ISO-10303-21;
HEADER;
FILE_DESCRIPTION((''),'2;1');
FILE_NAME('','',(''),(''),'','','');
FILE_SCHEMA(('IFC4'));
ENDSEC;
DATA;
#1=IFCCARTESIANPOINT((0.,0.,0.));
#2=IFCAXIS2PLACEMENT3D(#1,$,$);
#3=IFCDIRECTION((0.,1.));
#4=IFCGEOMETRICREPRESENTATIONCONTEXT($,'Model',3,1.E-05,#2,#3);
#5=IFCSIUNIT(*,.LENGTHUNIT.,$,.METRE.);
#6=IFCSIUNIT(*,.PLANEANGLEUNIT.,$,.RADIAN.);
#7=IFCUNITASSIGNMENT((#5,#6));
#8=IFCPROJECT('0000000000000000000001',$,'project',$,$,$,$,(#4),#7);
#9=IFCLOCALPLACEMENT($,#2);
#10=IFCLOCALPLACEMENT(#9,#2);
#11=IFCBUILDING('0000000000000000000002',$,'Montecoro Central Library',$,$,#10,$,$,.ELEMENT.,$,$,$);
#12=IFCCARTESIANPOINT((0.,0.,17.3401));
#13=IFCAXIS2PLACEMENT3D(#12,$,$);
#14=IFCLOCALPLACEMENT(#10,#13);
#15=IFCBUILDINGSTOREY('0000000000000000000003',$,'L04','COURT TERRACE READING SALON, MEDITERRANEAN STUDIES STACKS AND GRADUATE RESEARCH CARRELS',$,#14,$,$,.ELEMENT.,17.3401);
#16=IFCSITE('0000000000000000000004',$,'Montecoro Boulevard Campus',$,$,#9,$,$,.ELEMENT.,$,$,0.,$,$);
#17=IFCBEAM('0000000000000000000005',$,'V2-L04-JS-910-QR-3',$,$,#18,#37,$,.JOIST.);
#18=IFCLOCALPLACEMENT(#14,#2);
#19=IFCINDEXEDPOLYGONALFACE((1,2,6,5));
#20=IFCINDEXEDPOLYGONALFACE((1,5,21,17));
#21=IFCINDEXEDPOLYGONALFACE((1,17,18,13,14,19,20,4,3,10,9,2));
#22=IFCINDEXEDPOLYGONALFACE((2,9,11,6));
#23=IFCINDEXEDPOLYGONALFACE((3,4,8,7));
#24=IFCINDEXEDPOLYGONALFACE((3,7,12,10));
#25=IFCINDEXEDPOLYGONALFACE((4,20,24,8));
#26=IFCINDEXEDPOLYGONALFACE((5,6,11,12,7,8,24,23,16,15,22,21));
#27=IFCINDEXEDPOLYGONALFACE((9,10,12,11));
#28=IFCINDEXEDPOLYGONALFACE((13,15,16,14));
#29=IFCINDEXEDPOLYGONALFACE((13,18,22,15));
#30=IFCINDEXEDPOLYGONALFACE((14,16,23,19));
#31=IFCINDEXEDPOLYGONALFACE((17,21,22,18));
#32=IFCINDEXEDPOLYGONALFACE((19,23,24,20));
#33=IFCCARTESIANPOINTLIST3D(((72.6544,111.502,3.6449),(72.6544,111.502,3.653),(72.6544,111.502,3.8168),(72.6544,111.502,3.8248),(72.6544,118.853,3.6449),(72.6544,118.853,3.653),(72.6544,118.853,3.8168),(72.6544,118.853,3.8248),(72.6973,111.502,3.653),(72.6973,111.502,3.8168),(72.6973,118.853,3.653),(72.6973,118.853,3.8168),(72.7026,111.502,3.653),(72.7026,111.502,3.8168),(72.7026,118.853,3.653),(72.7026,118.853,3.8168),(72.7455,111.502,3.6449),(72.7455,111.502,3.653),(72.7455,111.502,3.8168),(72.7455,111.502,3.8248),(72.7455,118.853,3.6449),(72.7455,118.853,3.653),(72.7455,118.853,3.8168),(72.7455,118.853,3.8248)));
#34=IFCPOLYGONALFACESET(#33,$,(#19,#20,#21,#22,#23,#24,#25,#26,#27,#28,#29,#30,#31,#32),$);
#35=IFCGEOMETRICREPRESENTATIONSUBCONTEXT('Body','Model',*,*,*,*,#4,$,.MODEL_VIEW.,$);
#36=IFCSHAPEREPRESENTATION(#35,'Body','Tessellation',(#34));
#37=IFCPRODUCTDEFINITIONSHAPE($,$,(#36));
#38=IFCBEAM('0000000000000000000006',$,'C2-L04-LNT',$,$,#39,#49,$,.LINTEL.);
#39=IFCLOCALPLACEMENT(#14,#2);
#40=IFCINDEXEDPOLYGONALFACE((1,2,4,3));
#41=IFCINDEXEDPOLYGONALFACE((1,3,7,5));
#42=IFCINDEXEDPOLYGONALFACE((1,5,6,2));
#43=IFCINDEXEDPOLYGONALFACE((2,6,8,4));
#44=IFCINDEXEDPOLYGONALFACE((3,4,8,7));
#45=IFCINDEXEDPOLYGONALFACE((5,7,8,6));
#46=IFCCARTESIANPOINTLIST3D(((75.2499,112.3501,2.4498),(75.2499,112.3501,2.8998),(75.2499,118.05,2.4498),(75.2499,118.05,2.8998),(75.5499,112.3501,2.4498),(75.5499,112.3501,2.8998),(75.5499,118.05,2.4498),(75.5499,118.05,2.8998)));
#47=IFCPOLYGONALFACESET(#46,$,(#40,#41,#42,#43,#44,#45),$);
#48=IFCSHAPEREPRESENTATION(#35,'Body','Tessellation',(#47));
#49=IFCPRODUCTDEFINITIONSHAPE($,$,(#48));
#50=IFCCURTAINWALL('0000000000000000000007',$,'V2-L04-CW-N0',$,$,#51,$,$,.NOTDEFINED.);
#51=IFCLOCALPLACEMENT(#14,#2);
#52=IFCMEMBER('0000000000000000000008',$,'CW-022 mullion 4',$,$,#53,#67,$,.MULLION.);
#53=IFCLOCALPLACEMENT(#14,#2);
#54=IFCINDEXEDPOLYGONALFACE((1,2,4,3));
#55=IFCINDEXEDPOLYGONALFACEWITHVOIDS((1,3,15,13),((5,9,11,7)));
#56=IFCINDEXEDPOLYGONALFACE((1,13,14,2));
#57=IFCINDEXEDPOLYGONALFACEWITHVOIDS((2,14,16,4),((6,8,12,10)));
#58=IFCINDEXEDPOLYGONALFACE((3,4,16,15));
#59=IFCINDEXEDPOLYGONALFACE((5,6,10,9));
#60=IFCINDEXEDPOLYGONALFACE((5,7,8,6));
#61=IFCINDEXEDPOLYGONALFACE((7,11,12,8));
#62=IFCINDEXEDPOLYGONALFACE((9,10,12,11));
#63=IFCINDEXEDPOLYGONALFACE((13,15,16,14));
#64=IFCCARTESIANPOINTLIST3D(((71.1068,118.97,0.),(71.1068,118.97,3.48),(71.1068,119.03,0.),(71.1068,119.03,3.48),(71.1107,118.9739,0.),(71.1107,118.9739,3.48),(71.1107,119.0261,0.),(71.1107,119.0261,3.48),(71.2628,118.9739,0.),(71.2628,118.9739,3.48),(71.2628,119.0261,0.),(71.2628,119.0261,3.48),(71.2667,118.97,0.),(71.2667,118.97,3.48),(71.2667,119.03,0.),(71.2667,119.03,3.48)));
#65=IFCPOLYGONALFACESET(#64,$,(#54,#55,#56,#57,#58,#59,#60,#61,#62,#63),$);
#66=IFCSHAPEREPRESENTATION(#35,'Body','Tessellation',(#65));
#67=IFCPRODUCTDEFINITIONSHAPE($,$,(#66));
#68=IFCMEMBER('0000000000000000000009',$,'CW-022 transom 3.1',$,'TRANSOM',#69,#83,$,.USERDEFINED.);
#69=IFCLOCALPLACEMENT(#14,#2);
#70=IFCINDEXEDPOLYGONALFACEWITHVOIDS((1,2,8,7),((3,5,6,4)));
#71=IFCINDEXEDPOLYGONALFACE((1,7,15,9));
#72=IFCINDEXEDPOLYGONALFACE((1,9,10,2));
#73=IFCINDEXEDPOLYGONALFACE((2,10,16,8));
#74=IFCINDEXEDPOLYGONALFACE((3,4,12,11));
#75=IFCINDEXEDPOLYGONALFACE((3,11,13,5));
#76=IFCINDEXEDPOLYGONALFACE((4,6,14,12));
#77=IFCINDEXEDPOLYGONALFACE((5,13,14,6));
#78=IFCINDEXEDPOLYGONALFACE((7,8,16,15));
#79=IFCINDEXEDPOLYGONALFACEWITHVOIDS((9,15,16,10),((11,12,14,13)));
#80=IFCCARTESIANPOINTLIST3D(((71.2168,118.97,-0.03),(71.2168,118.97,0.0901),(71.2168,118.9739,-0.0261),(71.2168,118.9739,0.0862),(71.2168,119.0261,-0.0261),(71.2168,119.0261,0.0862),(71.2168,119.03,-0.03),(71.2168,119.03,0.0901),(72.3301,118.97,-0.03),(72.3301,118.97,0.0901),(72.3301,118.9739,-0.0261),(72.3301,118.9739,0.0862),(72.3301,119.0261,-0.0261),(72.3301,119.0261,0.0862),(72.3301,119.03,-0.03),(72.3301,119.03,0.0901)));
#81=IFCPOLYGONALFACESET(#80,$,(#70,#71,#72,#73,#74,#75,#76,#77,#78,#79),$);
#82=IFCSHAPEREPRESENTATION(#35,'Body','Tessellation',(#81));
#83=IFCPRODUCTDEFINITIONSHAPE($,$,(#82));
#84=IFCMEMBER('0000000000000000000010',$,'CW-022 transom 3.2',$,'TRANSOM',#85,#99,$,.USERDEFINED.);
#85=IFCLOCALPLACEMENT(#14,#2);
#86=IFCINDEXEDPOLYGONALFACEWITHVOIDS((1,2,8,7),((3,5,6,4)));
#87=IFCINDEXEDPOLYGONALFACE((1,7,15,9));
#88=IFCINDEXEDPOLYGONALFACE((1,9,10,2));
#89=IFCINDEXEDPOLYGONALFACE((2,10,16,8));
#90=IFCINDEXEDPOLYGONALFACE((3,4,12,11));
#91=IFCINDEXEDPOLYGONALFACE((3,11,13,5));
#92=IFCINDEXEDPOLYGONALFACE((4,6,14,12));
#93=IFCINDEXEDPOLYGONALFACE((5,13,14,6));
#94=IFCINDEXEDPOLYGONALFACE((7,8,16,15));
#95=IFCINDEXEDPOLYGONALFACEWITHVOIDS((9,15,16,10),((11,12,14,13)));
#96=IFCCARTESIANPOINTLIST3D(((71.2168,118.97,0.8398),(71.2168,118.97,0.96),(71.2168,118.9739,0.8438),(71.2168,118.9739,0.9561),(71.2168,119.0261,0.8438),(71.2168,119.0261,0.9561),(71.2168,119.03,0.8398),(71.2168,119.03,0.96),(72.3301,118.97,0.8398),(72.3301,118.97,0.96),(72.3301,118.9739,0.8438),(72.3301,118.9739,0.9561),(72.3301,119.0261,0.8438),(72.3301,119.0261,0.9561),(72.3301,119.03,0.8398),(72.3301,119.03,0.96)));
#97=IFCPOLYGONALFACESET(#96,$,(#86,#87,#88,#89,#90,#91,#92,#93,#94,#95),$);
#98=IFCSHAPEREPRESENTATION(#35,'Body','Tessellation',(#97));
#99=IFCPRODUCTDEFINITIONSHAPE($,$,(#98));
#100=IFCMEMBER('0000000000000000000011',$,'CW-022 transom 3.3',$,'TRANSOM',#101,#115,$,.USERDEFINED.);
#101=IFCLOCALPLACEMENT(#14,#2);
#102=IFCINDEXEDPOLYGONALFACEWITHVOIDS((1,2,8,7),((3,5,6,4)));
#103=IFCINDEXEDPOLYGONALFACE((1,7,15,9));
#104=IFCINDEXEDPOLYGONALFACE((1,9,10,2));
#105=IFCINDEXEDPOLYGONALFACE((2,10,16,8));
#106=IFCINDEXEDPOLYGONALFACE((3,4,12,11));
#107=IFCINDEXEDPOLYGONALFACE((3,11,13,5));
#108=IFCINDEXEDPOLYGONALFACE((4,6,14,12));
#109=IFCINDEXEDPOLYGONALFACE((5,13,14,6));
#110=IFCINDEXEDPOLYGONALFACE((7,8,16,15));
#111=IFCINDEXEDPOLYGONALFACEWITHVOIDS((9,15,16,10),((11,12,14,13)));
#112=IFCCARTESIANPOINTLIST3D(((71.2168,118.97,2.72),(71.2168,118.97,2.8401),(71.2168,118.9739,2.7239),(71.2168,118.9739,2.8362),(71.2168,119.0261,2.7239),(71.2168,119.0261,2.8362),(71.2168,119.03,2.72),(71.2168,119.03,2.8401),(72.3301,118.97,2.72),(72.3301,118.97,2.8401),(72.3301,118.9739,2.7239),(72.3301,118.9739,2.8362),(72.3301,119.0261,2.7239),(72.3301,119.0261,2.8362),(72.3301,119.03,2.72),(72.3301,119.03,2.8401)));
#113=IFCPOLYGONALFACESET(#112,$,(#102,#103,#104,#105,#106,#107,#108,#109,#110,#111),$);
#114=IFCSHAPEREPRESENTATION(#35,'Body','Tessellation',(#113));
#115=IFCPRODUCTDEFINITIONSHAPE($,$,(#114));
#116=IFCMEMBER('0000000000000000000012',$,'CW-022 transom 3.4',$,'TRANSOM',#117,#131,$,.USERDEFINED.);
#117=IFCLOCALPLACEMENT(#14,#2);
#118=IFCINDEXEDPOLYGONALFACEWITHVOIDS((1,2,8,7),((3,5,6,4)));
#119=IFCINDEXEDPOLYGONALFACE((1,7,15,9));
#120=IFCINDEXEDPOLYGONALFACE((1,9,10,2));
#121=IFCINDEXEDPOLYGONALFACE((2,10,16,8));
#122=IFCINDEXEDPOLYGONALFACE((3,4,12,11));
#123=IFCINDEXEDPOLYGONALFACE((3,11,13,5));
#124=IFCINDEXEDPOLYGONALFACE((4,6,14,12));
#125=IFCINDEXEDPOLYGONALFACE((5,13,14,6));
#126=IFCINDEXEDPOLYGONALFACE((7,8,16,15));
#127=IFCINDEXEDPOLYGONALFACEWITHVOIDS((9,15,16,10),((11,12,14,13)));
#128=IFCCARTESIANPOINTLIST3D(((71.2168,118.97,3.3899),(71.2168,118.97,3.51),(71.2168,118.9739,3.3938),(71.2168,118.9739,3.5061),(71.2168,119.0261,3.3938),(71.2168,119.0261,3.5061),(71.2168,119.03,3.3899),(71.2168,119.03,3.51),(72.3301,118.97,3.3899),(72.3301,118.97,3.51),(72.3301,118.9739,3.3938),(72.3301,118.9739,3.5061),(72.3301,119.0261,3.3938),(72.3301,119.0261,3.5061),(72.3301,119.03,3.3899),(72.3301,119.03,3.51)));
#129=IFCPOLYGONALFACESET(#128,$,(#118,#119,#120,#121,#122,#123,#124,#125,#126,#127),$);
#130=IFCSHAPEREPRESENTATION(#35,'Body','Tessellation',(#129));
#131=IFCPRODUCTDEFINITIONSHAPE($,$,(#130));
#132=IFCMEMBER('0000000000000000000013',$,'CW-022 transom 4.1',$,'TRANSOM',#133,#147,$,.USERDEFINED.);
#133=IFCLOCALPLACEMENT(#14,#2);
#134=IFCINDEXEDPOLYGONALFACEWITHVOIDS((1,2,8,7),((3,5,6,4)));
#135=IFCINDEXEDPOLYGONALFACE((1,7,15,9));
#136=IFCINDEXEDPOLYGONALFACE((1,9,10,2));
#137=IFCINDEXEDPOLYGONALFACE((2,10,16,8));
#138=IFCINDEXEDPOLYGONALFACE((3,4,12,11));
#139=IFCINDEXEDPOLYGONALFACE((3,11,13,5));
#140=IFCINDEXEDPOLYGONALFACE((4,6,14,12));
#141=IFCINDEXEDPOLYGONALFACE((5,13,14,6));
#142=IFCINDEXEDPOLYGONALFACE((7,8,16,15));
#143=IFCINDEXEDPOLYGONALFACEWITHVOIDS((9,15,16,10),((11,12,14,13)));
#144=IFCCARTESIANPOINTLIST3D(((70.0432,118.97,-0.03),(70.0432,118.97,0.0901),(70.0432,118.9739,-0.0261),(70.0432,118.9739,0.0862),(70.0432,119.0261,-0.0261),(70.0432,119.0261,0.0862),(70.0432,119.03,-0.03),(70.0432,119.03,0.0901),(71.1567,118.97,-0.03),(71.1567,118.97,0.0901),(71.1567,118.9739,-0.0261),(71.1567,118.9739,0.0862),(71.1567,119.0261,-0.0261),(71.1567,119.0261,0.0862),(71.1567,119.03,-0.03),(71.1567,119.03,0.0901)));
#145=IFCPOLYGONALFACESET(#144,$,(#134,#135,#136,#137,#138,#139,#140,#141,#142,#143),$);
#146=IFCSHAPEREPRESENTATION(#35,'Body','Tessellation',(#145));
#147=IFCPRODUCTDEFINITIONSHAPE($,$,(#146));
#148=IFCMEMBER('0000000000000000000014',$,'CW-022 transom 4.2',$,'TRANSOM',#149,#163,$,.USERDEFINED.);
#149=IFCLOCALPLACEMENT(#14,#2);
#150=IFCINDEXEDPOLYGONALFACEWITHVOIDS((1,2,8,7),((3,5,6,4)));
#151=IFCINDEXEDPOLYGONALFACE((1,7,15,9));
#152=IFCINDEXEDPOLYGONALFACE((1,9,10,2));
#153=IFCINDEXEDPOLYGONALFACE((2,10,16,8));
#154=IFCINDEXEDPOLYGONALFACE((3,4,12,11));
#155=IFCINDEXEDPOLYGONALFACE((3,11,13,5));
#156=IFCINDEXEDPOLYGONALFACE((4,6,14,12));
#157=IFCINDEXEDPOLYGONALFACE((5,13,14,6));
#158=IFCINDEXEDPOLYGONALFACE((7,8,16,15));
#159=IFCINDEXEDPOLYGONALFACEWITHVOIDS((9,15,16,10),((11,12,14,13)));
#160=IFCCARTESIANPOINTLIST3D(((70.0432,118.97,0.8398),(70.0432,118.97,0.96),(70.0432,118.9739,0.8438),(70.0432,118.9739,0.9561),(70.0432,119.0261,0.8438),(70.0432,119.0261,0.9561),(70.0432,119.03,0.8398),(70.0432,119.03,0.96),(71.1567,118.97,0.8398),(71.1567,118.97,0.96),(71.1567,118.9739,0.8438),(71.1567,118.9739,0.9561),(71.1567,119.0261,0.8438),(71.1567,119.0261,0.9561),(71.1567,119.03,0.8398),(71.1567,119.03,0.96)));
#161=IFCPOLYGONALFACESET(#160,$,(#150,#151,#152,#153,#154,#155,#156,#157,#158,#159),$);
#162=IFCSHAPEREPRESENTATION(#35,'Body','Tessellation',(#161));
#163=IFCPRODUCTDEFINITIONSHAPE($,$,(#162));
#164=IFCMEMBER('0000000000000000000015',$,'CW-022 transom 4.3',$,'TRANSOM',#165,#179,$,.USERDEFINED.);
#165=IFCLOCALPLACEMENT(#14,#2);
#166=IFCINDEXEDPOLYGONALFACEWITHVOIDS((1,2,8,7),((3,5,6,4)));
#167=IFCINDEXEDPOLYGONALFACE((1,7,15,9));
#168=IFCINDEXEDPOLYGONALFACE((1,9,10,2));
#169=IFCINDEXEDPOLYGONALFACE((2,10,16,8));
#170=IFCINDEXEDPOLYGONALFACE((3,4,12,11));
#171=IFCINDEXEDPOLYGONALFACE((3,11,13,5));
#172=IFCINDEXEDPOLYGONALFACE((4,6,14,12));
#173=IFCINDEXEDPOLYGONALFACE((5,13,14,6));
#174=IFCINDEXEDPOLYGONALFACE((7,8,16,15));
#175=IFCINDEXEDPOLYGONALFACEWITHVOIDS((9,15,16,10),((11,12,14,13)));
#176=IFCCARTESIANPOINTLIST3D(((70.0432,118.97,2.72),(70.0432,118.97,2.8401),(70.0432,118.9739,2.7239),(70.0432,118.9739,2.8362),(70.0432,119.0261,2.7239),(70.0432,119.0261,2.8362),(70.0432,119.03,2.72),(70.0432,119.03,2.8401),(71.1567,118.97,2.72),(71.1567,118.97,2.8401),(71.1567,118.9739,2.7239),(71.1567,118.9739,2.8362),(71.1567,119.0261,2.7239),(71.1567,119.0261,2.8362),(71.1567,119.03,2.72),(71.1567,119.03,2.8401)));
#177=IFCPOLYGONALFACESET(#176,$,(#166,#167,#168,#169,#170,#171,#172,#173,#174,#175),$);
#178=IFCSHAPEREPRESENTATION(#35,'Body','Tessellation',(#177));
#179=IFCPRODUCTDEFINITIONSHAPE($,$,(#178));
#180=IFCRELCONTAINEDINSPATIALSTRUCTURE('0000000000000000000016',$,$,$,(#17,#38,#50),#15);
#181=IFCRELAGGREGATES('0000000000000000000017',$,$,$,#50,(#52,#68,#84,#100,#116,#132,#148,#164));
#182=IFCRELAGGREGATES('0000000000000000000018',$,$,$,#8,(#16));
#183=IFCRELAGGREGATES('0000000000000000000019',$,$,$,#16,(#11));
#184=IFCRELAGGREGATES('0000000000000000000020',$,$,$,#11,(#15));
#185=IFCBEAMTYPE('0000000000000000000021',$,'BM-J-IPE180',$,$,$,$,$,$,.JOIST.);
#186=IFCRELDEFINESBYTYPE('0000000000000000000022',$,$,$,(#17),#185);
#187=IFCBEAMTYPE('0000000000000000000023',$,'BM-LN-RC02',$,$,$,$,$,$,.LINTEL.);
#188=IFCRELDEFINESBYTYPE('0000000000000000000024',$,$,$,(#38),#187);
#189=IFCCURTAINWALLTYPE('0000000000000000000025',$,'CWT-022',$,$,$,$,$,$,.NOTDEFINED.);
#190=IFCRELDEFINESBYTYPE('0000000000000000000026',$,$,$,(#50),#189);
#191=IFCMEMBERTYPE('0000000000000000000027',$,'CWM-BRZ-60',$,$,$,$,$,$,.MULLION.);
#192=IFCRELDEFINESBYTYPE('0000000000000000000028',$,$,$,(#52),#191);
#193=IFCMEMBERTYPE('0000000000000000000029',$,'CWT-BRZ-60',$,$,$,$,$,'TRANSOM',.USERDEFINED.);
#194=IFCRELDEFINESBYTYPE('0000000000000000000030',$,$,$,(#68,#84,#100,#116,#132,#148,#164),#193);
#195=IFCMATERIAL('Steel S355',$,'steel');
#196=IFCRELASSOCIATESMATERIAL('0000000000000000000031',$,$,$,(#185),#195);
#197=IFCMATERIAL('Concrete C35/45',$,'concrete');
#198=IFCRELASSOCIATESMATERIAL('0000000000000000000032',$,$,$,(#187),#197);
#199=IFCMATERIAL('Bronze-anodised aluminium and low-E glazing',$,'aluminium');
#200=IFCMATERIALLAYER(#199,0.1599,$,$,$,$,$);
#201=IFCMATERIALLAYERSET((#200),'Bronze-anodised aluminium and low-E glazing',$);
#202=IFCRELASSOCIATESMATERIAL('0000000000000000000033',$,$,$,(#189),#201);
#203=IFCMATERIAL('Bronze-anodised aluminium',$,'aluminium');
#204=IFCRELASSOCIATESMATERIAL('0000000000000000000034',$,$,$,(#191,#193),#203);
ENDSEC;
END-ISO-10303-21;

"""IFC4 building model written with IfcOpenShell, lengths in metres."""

from ifc_helpers import new_model, si_unit, direction, frame, origin, origin_2d, place, context, subcontext, project, spatial, rectangle, hollow_rectangle, i_section, extrude, material, layer, layer_set, material_profile, profile_set, type_object, element, aggregate, save


model = new_model("IFC4")

# Units and contexts
model_context = context("Model", 3, precision=1e-05, world=origin(), true_north=direction((0.0, 1.0)))
body_context = subcontext(model_context, "Body", "Model", "MODEL_VIEW")
ifc_project = project(units=[si_unit("LENGTHUNIT", "METRE"), si_unit("PLANEANGLEUNIT", "RADIAN")], contexts=[model_context])

# Site, building, storey
site_placement = place(None, origin())
site = spatial("IfcSite", under=ifc_project, at=site_placement, Name="Montecoro Boulevard Campus", CompositionType="ELEMENT", RefElevation=0.0)
building_placement = place(site_placement, origin())
building = spatial("IfcBuilding", under=site, at=building_placement, Name="Montecoro Central Library", CompositionType="ELEMENT")
storey_placement = place(building_placement, frame((0.0, 0.0, 17.3401)))
storey = spatial("IfcBuildingStorey", under=building, at=storey_placement, Name="L04", Description="COURT TERRACE READING SALON, MEDITERRANEAN STUDIES STACKS AND GRADUATE RESEARCH CARRELS", CompositionType="ELEMENT", Elevation=17.3401)

# Beams
ifc_material_1 = material(Name="Steel S355", Category="steel")
ifc_material_profile_1 = material_profile(ifc_material_1, i_section(OverallWidth=0.0911, OverallDepth=0.1799, WebThickness=0.0054, FlangeThickness=0.0081, at=origin_2d()), Name="IPE 180")
ifc_profile_set_1 = profile_set([ifc_material_profile_1], Name="Steel S355")
beam_type_1 = type_object("IfcBeamType", Name="BM-J-IPE180", PredefinedType="JOIST", material=ifc_profile_set_1)
beam_1_placement = place(storey_placement, frame((72.7, 111.502, 3.7349), z_axis=(0.0, 1.0, 0.0), x_axis=(-1.0, 0.0, 0.0)))
element("IfcBeam", 1, at=beam_1_placement, inside=storey, type_object=beam_type_1, Name="V2-L04-JS-910-QR-3", PredefinedType="JOIST", context=body_context, shape_type="SweptSolid", body=[
    extrude(i_section(OverallWidth=0.0911, OverallDepth=0.1799, WebThickness=0.0054, FlangeThickness=0.0081, at=origin_2d()), origin(), (0.0, 0.0, 1.0), 7.3511),
])
ifc_material_2 = material(Name="Concrete C35/45", Category="concrete")
ifc_material_profile_2 = material_profile(ifc_material_2, rectangle(XDim=0.3, YDim=0.45, at=origin_2d()), Name="RC LNT 450x300")
ifc_profile_set_2 = profile_set([ifc_material_profile_2], Name="Concrete C35/45")
beam_type_2 = type_object("IfcBeamType", Name="BM-LN-RC02", PredefinedType="LINTEL", material=ifc_profile_set_2)
beam_2_placement = place(storey_placement, frame((75.3999, 112.3501, 2.6748), z_axis=(0.0, 1.0, 0.0), x_axis=(-1.0, 0.0, 0.0)))
element("IfcBeam", 2, at=beam_2_placement, inside=storey, type_object=beam_type_2, Name="C2-L04-LNT", PredefinedType="LINTEL", context=body_context, shape_type="SweptSolid", body=[
    extrude(rectangle(XDim=0.3, YDim=0.45, at=origin_2d()), origin(), (0.0, 0.0, 1.0), 5.7),
])

# Curtain wall, members
ifc_material_3 = material(Name="Bronze-anodised aluminium and low-E glazing", Category="aluminium")
ifc_layer_1 = layer(ifc_material_3, 0.1599)
ifc_layer_set_1 = layer_set([ifc_layer_1], Name="Bronze-anodised aluminium and low-E glazing")
curtain_wall_type = type_object("IfcCurtainWallType", Name="CWT-022", PredefinedType="NOTDEFINED", material=ifc_layer_set_1)
curtain_wall_placement = place(storey_placement, origin())
curtain_wall = element("IfcCurtainWall", 3, at=curtain_wall_placement, inside=storey, type_object=curtain_wall_type, Name="V2-L04-CW-N0", PredefinedType="NOTDEFINED")
ifc_material_4 = material(Name="Bronze-anodised aluminium", Category="aluminium")
ifc_material_profile_3 = material_profile(ifc_material_4, hollow_rectangle(XDim=0.0601, YDim=0.1599, WallThickness=0.0039, at=origin_2d()), Name="CWM 160x60x4.0")
ifc_profile_set_3 = profile_set([ifc_material_profile_3], Name="Bronze-anodised aluminium")
member_type_1 = type_object("IfcMemberType", Name="CWM-BRZ-60", PredefinedType="MULLION", material=ifc_profile_set_3)
member_1_placement = place(storey_placement, frame((71.1868, 119.0, 0.0), z_axis=(0.0, 0.0, 1.0), x_axis=(0.0, -1.0, 0.0)))
member_1 = element("IfcMember", 4, at=member_1_placement, type_object=member_type_1, Name="CW-022 mullion 4", PredefinedType="MULLION", context=body_context, shape_type="SweptSolid", body=[
    extrude(hollow_rectangle(XDim=0.0601, YDim=0.1599, WallThickness=0.0039, at=origin_2d()), origin(), (0.0, 0.0, 1.0), 3.48),
])
ifc_material_profile_4 = material_profile(ifc_material_4, hollow_rectangle(XDim=0.0601, YDim=0.1201, WallThickness=0.0039, at=origin_2d()), Name="CWT 120x60x4.0")
ifc_profile_set_4 = profile_set([ifc_material_profile_4], Name="Bronze-anodised aluminium")
member_type_2 = type_object("IfcMemberType", Name="CWT-BRZ-60", ElementType="TRANSOM", PredefinedType="USERDEFINED", material=ifc_profile_set_4)
member_2_placement = place(storey_placement, frame((72.3301, 119.0, 0.03), z_axis=(-1.0, 0.0, 0.0), x_axis=(0.0, -1.0, 0.0)))
member_2 = element("IfcMember", 5, at=member_2_placement, type_object=member_type_2, Name="CW-022 transom 3.1", ObjectType="TRANSOM", PredefinedType="USERDEFINED", context=body_context, shape_type="SweptSolid", body=[
    extrude(hollow_rectangle(XDim=0.0601, YDim=0.1201, WallThickness=0.0039, at=origin_2d()), origin(), (0.0, 0.0, 1.0), 1.1133),
])
member_3_placement = place(storey_placement, frame((72.3301, 119.0, 0.8999), z_axis=(-1.0, 0.0, 0.0), x_axis=(0.0, -1.0, 0.0)))
member_3 = element("IfcMember", 6, at=member_3_placement, type_object=member_type_2, Name="CW-022 transom 3.2", ObjectType="TRANSOM", PredefinedType="USERDEFINED", context=body_context, shape_type="SweptSolid", body=[
    extrude(hollow_rectangle(XDim=0.0601, YDim=0.1201, WallThickness=0.0039, at=origin_2d()), origin(), (0.0, 0.0, 1.0), 1.1133),
])
member_4_placement = place(storey_placement, frame((72.3301, 119.0, 2.78), z_axis=(-1.0, 0.0, 0.0), x_axis=(0.0, -1.0, 0.0)))
member_4 = element("IfcMember", 7, at=member_4_placement, type_object=member_type_2, Name="CW-022 transom 3.3", ObjectType="TRANSOM", PredefinedType="USERDEFINED", context=body_context, shape_type="SweptSolid", body=[
    extrude(hollow_rectangle(XDim=0.0601, YDim=0.1201, WallThickness=0.0039, at=origin_2d()), origin(), (0.0, 0.0, 1.0), 1.1133),
])
member_5_placement = place(storey_placement, frame((72.3301, 119.0, 3.45), z_axis=(-1.0, 0.0, 0.0), x_axis=(0.0, -1.0, 0.0)))
member_5 = element("IfcMember", 8, at=member_5_placement, type_object=member_type_2, Name="CW-022 transom 3.4", ObjectType="TRANSOM", PredefinedType="USERDEFINED", context=body_context, shape_type="SweptSolid", body=[
    extrude(hollow_rectangle(XDim=0.0601, YDim=0.1201, WallThickness=0.0039, at=origin_2d()), origin(), (0.0, 0.0, 1.0), 1.1133),
])
member_6_placement = place(storey_placement, frame((71.1567, 119.0, 0.03), z_axis=(-1.0, 0.0, 0.0), x_axis=(0.0, -1.0, 0.0)))
member_6 = element("IfcMember", 9, at=member_6_placement, type_object=member_type_2, Name="CW-022 transom 4.1", ObjectType="TRANSOM", PredefinedType="USERDEFINED", context=body_context, shape_type="SweptSolid", body=[
    extrude(hollow_rectangle(XDim=0.0601, YDim=0.1201, WallThickness=0.0039, at=origin_2d()), origin(), (0.0, 0.0, 1.0), 1.1135),
])
member_7_placement = place(storey_placement, frame((71.1567, 119.0, 0.8999), z_axis=(-1.0, 0.0, 0.0), x_axis=(0.0, -1.0, 0.0)))
member_7 = element("IfcMember", 10, at=member_7_placement, type_object=member_type_2, Name="CW-022 transom 4.2", ObjectType="TRANSOM", PredefinedType="USERDEFINED", context=body_context, shape_type="SweptSolid", body=[
    extrude(hollow_rectangle(XDim=0.0601, YDim=0.1201, WallThickness=0.0039, at=origin_2d()), origin(), (0.0, 0.0, 1.0), 1.1135),
])
member_8_placement = place(storey_placement, frame((71.1567, 119.0, 2.78), z_axis=(-1.0, 0.0, 0.0), x_axis=(0.0, -1.0, 0.0)))
member_8 = element("IfcMember", 11, at=member_8_placement, type_object=member_type_2, Name="CW-022 transom 4.3", ObjectType="TRANSOM", PredefinedType="USERDEFINED", context=body_context, shape_type="SweptSolid", body=[
    extrude(hollow_rectangle(XDim=0.0601, YDim=0.1201, WallThickness=0.0039, at=origin_2d()), origin(), (0.0, 0.0, 1.0), 1.1135),
])
aggregate(curtain_wall, [member_1, member_2, member_3, member_4, member_5, member_6, member_7, member_8])

save(model, "model.ifc")
